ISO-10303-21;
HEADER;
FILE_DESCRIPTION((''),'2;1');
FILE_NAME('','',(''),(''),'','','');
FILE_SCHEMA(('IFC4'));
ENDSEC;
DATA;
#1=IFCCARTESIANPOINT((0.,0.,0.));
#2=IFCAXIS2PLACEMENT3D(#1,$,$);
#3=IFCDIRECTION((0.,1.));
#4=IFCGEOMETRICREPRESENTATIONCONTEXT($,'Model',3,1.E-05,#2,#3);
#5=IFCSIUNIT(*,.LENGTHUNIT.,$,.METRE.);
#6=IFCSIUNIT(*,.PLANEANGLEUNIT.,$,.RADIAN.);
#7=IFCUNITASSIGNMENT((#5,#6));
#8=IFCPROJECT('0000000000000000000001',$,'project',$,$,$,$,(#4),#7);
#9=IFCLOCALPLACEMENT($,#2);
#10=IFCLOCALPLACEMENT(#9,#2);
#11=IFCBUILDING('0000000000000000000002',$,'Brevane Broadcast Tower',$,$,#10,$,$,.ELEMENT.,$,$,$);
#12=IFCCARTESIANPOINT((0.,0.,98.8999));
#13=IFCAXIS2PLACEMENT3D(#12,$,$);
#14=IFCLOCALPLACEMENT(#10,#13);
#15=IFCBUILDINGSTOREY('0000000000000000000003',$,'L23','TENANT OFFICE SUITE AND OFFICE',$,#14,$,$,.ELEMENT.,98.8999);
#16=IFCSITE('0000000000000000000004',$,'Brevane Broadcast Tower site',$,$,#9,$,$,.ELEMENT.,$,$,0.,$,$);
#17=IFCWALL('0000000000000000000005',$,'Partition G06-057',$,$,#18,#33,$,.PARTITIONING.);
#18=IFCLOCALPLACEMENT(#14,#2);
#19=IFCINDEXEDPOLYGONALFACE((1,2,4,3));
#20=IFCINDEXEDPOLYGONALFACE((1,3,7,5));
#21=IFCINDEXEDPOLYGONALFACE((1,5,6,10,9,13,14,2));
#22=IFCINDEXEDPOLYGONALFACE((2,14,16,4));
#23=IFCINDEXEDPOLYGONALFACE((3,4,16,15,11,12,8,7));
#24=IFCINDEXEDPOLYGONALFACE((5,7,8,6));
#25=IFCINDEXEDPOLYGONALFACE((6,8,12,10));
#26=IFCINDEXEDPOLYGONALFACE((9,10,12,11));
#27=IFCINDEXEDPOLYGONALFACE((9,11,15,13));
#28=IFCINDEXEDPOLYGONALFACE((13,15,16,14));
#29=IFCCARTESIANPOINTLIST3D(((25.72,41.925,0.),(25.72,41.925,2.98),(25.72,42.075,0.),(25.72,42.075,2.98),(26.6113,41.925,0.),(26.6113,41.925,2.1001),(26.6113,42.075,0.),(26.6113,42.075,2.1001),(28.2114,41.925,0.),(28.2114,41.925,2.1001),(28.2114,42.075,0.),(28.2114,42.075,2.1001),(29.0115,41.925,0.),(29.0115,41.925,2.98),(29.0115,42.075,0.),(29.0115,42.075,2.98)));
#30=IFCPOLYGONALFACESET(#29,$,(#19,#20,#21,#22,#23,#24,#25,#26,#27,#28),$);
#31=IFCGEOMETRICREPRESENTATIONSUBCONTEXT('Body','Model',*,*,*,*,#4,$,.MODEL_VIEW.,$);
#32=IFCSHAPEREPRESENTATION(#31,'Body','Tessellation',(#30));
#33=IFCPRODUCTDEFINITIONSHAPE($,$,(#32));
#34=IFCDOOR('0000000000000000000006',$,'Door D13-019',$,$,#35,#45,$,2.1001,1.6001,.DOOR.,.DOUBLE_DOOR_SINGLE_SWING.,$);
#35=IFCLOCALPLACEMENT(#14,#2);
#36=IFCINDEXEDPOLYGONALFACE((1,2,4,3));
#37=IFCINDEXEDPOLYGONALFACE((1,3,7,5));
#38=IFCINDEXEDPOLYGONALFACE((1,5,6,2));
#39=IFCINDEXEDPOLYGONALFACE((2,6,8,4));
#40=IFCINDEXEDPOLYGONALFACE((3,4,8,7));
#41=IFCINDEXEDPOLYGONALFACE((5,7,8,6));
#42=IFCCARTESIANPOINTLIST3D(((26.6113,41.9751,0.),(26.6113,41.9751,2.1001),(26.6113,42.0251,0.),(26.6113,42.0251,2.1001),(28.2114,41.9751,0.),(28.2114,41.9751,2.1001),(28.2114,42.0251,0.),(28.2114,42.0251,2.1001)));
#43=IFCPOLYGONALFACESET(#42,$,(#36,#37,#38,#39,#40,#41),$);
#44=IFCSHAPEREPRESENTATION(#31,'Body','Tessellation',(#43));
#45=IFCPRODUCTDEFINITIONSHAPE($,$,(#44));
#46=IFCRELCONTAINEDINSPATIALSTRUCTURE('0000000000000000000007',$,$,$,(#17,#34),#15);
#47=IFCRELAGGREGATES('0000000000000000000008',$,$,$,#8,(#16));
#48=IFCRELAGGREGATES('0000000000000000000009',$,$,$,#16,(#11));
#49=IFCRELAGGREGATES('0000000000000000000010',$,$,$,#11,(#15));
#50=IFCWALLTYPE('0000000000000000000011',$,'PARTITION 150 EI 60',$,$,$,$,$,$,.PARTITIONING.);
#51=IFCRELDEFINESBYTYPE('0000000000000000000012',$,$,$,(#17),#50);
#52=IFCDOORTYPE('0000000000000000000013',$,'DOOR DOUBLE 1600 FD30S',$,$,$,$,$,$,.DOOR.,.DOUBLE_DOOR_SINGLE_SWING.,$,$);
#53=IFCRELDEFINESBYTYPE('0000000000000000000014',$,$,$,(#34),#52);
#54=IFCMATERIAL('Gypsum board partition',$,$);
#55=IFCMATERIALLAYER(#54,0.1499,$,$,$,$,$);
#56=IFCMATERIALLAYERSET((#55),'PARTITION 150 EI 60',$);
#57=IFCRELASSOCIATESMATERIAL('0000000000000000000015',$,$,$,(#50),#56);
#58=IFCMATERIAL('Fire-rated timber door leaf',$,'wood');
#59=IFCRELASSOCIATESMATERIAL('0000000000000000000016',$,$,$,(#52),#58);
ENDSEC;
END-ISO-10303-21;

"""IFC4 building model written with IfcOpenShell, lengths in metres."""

from ifc_helpers import new_model, si_unit, direction, frame, frame_2d, origin, place, context, subcontext, project, spatial, rectangle, extrude, material, layer, layer_set, type_object, element, fill, save


model = new_model("IFC4")

# Units and contexts
model_context = context("Model", 3, precision=1e-05, world=origin(), true_north=direction((0.0, 1.0)))
body_context = subcontext(model_context, "Body", "Model", "MODEL_VIEW")
ifc_project = project(units=[si_unit("LENGTHUNIT", "METRE"), si_unit("PLANEANGLEUNIT", "RADIAN")], contexts=[model_context])

# Site, building, storey
site_placement = place(None, origin())
site = spatial("IfcSite", under=ifc_project, at=site_placement, Name="Brevane Broadcast Tower site", CompositionType="ELEMENT", RefElevation=0.0)
building_placement = place(site_placement, origin())
building = spatial("IfcBuilding", under=site, at=building_placement, Name="Brevane Broadcast Tower", CompositionType="ELEMENT")
storey_placement = place(building_placement, frame((0.0, 0.0, 98.8999)))
storey = spatial("IfcBuildingStorey", under=building, at=storey_placement, Name="L23", Description="TENANT OFFICE SUITE AND OFFICE", CompositionType="ELEMENT", Elevation=98.8999)

# Shared definitions
ifc_material_1 = material(Name="Gypsum board partition")

# Wall, opening, door
ifc_layer_1 = layer(ifc_material_1, 0.1499)
ifc_layer_set_1 = layer_set([ifc_layer_1], Name="PARTITION 150 EI 60")
wall_type_1 = type_object("IfcWallType", Name="PARTITION 150 EI 60", PredefinedType="PARTITIONING", material=ifc_layer_set_1)
wall_1_placement = place(storey_placement, frame((29.0115, 42.0, 0.0), z_axis=(0.0, 0.0, 1.0), x_axis=(-1.0, 0.0, 0.0)))
wall_1 = element("IfcWall", 1, at=wall_1_placement, inside=storey, type_object=wall_type_1, Name="Partition G06-057", PredefinedType="PARTITIONING", context=body_context, shape_type="SweptSolid", body=[
    extrude(rectangle(XDim=3.2915, YDim=0.1499, at=frame_2d((1.6458, 0.0))), origin(), (0.0, 0.0, 1.0), 2.98),
])
opening_placement = place(wall_1_placement, frame((0.8, 0.0, 0.0)))
opening = element("IfcOpeningElement", 2, at=opening_placement, cuts=wall_1, PredefinedType="OPENING", context=body_context, shape_type="SweptSolid", body=[
    extrude(rectangle(XDim=1.6001, YDim=2.1001, at=frame_2d((0.8, 1.05))), frame((0.0, 0.085, 0.0), z_axis=(0.0, -1.0, 0.0), x_axis=(1.0, 0.0, 0.0)), (0.0, 0.0, 1.0), 0.1699),
])
ifc_material_2 = material(Name="Fire-rated timber door leaf", Category="wood")
door_type = type_object("IfcDoorType", Name="DOOR DOUBLE 1600 FD30S", OperationType="DOUBLE_DOOR_SINGLE_SWING", PredefinedType="DOOR", material=ifc_material_2)
door_placement = place(opening_placement, origin())
door = element("IfcDoor", 3, at=door_placement, inside=storey, type_object=door_type, Name="Door D13-019", OperationType="DOUBLE_DOOR_SINGLE_SWING", OverallHeight=2.1001, OverallWidth=1.6001, PredefinedType="DOOR", context=body_context, shape_type="SweptSolid", body=[
    extrude(rectangle(XDim=1.6001, YDim=2.1001, at=frame_2d((0.8, 1.05))), frame((0.0, 0.0249, 0.0), z_axis=(0.0, -1.0, 0.0), x_axis=(1.0, 0.0, 0.0)), (0.0, 0.0, 1.0), 0.05),
])
fill(opening, door)

save(model, "model.ifc")
